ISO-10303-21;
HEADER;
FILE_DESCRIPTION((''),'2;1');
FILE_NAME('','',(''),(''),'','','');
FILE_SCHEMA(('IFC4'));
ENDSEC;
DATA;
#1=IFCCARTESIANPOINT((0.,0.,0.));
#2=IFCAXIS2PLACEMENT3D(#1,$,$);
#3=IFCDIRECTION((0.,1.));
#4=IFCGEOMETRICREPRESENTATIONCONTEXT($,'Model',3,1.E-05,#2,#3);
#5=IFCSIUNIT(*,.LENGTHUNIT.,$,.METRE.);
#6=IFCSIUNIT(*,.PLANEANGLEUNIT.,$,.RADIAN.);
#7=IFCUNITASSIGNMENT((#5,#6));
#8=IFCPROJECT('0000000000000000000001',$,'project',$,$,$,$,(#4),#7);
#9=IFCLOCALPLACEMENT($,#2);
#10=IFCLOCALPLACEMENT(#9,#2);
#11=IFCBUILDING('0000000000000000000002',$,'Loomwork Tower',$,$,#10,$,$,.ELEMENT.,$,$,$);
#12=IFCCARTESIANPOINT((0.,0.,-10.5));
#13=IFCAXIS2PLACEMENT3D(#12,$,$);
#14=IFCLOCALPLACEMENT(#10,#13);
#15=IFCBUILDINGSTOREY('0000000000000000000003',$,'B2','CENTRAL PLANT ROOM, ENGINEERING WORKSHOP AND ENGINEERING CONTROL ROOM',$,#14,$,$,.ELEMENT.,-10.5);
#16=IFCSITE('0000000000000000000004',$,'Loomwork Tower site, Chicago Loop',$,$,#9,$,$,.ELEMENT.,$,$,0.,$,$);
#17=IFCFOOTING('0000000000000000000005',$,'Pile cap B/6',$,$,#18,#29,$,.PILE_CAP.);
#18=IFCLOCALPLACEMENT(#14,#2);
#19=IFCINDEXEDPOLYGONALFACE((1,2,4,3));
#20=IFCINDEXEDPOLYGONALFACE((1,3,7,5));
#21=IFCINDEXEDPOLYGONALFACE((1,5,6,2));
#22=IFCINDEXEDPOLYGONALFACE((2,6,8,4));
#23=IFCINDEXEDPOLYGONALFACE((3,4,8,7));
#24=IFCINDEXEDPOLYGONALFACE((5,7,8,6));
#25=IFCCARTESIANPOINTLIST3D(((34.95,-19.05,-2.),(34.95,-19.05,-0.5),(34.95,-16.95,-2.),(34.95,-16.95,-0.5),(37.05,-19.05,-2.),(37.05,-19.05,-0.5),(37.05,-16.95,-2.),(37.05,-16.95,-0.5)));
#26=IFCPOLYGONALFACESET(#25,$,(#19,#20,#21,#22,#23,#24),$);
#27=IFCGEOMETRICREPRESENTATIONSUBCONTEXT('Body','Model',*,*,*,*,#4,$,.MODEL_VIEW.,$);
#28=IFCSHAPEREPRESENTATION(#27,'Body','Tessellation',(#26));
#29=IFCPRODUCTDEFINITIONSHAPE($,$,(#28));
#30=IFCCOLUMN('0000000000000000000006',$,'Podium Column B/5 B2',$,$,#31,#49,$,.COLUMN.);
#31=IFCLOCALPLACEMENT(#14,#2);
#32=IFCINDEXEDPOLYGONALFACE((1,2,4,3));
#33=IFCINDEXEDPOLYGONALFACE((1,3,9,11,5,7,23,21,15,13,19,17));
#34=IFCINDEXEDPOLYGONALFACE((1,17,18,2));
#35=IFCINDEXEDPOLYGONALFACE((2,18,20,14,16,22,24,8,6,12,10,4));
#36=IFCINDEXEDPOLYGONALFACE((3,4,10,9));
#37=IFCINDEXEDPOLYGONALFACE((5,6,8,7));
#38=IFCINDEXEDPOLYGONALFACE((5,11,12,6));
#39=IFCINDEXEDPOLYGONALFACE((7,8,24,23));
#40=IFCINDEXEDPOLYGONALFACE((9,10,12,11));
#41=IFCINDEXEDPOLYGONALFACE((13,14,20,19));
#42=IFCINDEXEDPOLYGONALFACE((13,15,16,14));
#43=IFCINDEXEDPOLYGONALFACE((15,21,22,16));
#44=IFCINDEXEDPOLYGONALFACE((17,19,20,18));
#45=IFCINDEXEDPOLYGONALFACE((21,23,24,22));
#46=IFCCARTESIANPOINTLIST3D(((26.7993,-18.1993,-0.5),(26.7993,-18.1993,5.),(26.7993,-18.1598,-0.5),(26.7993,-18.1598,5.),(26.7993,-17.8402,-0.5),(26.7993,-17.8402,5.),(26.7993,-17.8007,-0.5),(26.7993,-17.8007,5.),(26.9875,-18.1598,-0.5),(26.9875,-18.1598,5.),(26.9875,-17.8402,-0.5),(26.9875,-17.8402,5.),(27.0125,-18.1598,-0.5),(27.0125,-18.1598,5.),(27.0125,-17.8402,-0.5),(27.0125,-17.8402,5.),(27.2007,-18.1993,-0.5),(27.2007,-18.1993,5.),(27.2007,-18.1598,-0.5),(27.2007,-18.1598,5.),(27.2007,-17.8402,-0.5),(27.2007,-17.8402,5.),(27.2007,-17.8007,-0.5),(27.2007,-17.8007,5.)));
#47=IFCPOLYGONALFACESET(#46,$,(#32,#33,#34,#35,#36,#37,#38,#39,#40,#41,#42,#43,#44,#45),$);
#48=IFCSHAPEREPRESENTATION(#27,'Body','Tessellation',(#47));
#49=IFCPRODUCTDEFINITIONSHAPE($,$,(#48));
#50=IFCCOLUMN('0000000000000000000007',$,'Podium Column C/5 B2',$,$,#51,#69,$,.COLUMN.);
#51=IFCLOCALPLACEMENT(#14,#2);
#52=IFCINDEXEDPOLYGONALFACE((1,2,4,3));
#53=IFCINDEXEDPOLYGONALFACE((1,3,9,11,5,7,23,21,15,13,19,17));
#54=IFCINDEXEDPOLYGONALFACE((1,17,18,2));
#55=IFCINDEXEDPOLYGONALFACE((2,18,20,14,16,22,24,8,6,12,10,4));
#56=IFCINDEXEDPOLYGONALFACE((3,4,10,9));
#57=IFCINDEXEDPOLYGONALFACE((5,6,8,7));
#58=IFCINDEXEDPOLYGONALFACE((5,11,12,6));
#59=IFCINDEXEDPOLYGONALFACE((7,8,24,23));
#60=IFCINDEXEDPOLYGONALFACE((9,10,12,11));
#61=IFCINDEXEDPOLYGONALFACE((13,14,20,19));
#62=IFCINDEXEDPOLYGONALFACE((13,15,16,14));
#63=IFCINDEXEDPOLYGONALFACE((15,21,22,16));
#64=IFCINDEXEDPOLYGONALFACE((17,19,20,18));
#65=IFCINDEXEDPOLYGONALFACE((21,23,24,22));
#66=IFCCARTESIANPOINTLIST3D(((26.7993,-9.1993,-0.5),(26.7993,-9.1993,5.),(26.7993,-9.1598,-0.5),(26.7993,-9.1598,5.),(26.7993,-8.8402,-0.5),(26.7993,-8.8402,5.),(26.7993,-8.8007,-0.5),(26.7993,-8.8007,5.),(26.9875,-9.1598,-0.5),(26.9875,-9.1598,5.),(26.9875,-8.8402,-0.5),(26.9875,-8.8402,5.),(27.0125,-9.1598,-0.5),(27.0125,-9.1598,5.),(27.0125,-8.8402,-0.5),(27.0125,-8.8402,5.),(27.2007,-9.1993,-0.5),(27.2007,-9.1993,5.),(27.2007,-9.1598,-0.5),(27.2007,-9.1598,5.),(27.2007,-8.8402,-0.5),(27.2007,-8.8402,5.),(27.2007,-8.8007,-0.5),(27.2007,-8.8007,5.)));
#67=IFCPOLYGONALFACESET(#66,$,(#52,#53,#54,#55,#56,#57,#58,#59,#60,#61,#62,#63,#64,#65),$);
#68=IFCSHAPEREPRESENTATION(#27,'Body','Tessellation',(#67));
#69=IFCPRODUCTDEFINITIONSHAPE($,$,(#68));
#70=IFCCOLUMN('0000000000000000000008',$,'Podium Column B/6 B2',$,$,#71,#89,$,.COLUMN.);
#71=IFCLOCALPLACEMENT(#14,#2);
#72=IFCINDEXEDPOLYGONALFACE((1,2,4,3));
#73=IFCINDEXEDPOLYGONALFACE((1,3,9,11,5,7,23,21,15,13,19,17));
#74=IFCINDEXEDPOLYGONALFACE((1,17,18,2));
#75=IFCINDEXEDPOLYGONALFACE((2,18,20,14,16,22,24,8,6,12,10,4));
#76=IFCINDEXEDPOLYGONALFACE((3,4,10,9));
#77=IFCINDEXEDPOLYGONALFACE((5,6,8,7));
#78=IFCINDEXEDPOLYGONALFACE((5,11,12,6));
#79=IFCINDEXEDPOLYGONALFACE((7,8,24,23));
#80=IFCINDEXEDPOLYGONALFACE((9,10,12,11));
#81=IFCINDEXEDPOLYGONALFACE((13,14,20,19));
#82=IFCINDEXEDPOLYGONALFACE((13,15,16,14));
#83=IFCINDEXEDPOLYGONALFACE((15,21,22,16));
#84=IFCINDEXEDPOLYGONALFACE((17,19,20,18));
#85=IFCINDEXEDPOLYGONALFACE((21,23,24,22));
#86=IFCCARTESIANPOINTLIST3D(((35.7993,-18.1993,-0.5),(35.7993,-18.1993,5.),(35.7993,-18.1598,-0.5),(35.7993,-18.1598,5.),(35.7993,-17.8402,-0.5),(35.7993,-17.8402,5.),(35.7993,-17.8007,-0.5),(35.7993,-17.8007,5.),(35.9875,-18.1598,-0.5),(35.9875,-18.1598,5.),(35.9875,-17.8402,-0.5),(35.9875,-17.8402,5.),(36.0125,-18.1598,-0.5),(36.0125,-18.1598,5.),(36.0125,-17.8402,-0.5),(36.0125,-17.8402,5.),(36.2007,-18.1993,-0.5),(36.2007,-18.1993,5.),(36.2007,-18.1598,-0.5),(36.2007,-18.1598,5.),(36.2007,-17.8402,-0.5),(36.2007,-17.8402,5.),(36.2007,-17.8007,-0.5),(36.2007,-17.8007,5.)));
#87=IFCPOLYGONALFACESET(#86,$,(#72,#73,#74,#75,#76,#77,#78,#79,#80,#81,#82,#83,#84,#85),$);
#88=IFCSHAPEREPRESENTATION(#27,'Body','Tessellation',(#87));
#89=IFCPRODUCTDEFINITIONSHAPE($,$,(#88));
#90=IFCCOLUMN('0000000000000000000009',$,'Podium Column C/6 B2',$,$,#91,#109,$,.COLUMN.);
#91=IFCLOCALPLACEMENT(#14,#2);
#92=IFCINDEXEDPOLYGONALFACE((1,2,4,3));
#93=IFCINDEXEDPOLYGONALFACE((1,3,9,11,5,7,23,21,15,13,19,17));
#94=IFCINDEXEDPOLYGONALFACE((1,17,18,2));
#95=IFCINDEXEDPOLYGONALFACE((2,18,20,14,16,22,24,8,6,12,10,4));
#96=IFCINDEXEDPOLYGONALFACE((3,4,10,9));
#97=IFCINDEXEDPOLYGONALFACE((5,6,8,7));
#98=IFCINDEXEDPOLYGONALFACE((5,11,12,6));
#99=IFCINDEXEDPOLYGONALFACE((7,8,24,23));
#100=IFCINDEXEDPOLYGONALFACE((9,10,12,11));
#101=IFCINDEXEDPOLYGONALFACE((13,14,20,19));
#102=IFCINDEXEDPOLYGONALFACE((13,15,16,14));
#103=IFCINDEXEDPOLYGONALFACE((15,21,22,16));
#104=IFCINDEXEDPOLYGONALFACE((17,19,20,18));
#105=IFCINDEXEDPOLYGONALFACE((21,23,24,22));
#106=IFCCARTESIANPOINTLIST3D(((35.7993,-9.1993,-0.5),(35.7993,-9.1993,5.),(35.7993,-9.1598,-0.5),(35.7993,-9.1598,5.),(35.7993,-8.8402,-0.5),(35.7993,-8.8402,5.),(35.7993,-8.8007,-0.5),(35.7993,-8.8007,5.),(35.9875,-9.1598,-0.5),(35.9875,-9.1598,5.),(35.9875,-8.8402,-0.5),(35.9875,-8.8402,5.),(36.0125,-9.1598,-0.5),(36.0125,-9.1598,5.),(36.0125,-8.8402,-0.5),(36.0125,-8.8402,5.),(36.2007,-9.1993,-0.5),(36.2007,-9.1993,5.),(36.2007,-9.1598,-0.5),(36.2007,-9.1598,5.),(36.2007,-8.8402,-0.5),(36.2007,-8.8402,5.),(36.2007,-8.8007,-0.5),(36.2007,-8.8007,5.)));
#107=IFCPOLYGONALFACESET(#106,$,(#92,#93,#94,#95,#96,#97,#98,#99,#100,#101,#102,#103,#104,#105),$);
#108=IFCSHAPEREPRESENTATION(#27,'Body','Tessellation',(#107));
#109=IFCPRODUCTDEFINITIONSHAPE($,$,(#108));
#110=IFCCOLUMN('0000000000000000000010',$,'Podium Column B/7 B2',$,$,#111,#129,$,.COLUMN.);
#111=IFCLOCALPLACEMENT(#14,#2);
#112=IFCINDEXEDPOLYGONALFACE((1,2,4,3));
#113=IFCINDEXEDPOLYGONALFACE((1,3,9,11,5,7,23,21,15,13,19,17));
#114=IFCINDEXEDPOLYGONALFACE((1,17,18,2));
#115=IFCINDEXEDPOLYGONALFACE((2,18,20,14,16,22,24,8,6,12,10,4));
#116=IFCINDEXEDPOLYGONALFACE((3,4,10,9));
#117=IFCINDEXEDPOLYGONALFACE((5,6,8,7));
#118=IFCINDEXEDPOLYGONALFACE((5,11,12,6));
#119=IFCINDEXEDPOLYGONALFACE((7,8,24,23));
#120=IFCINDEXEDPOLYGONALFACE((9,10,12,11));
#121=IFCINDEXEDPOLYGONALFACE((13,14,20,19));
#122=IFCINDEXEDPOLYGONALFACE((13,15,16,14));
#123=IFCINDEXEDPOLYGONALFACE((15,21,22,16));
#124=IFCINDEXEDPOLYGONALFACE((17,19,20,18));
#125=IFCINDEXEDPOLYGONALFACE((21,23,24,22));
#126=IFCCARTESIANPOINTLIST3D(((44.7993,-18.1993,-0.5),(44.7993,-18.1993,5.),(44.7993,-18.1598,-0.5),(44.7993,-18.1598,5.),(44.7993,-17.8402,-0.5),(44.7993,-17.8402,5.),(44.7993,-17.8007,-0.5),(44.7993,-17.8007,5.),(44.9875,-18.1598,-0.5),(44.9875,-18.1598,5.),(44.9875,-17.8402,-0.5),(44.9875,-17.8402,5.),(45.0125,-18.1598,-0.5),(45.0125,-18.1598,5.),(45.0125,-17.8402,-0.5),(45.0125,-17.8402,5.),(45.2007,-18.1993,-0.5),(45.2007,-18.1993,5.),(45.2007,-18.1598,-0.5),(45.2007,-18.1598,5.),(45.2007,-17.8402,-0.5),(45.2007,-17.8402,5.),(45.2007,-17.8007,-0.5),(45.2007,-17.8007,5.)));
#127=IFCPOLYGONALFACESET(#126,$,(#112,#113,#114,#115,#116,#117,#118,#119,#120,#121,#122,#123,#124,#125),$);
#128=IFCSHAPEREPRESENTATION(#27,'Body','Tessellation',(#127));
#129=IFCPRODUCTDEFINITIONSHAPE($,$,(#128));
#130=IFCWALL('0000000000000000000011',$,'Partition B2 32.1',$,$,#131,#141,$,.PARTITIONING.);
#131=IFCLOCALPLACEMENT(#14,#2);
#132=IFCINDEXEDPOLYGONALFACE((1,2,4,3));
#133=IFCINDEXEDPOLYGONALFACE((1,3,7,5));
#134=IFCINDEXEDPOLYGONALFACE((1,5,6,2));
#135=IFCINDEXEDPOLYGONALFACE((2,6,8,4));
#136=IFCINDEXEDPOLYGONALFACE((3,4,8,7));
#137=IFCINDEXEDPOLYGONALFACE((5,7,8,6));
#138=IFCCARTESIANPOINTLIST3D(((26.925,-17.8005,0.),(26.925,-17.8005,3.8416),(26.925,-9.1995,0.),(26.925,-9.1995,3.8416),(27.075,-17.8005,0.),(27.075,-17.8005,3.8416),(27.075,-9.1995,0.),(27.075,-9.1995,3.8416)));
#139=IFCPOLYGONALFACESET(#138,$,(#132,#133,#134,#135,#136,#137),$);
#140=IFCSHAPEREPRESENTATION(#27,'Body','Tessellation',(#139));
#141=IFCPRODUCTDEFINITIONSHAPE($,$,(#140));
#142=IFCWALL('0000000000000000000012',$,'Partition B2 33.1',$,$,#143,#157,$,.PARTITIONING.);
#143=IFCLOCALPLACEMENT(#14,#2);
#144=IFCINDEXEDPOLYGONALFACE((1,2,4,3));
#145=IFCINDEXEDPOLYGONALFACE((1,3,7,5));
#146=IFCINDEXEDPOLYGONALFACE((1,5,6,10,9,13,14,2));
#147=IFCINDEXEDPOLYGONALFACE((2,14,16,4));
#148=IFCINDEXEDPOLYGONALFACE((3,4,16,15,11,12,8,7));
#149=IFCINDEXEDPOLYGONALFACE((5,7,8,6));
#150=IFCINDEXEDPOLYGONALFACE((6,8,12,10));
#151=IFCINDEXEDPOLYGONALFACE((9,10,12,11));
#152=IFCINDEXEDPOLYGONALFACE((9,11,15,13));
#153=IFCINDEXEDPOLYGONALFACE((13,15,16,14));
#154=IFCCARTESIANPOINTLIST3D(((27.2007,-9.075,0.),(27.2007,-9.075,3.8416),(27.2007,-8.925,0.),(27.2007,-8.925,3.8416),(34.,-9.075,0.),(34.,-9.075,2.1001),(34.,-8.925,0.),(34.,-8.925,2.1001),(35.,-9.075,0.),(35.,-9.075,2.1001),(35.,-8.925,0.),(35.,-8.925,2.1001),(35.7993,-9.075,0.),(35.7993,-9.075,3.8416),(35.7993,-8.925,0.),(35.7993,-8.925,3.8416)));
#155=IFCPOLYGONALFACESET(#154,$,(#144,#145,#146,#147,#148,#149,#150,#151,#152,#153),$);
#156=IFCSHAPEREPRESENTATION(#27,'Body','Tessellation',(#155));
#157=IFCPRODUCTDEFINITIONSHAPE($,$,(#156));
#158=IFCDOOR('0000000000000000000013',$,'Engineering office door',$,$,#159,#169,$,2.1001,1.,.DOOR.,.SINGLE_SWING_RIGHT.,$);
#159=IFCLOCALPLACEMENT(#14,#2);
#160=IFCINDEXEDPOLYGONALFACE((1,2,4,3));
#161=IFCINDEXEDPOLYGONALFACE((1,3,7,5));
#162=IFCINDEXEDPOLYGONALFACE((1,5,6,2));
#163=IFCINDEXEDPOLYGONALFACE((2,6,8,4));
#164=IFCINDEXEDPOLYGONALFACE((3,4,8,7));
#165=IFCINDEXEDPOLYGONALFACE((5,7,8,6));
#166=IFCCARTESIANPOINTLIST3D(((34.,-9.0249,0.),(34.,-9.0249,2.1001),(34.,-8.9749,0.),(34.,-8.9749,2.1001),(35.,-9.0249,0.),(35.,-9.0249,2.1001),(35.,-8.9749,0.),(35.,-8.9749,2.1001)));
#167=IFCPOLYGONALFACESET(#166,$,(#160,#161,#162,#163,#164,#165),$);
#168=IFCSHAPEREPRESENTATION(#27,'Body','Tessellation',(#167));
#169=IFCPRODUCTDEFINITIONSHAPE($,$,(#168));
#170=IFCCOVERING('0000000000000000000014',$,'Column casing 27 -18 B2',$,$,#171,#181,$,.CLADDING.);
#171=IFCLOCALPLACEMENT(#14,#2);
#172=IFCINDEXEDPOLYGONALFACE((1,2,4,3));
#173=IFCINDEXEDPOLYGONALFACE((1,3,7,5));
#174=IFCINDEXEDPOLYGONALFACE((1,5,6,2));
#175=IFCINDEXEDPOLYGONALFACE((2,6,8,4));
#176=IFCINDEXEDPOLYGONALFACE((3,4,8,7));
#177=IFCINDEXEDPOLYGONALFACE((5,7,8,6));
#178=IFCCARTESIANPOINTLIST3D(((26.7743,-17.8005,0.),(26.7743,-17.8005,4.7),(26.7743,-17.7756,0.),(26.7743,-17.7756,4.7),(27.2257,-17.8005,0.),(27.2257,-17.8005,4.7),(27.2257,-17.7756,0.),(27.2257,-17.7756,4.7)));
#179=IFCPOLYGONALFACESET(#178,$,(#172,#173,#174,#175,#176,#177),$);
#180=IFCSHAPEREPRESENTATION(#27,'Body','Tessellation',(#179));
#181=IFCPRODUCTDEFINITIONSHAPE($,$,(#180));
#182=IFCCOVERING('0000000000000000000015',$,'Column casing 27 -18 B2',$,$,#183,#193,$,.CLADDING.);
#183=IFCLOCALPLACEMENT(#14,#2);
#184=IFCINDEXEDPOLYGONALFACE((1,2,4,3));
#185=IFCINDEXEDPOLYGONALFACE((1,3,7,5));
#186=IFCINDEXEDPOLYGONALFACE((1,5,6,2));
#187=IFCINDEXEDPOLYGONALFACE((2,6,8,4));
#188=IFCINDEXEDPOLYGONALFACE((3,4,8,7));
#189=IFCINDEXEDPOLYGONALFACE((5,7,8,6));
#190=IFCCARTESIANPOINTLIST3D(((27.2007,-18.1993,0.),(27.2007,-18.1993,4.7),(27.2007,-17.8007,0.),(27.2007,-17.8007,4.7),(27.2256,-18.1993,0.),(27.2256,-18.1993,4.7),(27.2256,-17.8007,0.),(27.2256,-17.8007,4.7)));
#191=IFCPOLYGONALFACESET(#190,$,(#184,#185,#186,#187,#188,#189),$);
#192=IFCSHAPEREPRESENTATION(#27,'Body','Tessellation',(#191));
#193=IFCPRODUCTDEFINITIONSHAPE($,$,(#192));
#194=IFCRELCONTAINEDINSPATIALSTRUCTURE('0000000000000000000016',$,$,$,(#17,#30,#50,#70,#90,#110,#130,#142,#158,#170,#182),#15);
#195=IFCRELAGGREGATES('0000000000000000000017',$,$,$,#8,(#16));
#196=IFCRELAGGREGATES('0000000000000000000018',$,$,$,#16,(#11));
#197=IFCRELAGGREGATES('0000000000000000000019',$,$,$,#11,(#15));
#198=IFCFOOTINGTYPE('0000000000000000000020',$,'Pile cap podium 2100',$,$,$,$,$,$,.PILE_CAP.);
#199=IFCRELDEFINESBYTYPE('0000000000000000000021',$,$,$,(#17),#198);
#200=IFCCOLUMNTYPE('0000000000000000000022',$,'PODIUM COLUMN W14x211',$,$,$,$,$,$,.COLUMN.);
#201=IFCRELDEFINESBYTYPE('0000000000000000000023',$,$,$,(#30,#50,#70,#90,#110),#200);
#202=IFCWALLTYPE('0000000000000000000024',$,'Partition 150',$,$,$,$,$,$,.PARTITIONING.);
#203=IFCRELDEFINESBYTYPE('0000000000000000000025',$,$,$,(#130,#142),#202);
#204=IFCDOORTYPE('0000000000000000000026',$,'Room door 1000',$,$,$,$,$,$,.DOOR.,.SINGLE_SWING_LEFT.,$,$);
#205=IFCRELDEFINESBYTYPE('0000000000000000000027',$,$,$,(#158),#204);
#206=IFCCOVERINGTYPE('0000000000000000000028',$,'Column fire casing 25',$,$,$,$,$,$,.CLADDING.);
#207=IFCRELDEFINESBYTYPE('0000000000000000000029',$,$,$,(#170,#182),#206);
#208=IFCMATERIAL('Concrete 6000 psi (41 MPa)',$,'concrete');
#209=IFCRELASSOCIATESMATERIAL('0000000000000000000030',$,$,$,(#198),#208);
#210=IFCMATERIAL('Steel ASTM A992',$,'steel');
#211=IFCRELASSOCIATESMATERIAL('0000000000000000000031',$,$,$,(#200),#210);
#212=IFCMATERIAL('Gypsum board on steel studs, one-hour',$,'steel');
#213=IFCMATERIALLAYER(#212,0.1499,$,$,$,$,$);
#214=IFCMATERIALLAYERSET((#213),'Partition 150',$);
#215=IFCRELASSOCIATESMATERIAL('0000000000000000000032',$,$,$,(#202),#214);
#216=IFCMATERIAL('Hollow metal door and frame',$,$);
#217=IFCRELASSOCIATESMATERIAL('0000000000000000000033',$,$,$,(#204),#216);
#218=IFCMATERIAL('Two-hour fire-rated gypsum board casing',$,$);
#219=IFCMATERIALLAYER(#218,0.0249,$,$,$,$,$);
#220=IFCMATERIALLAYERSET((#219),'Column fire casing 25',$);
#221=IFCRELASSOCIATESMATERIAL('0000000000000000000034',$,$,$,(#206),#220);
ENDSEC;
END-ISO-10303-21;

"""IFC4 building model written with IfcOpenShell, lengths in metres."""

from ifc_helpers import new_model, si_unit, direction, frame, frame_2d, origin, origin_2d, place, context, subcontext, project, spatial, rectangle, i_section, extrude, material, layer, layer_set, material_profile, profile_set, type_object, element, fill, save


model = new_model("IFC4")

# Units and contexts
model_context = context("Model", 3, precision=1e-05, world=origin(), true_north=direction((0.0, 1.0)))
body_context = subcontext(model_context, "Body", "Model", "MODEL_VIEW")
ifc_project = project(units=[si_unit("LENGTHUNIT", "METRE"), si_unit("PLANEANGLEUNIT", "RADIAN")], contexts=[model_context])

# Site, building, storey
site_placement = place(None, origin())
site = spatial("IfcSite", under=ifc_project, at=site_placement, Name="Loomwork Tower site, Chicago Loop", CompositionType="ELEMENT", RefElevation=0.0)
building_placement = place(site_placement, origin())
building = spatial("IfcBuilding", under=site, at=building_placement, Name="Loomwork Tower", CompositionType="ELEMENT")
storey_placement = place(building_placement, frame((0.0, 0.0, -10.5)))
storey = spatial("IfcBuildingStorey", under=building, at=storey_placement, Name="B2", Description="CENTRAL PLANT ROOM, ENGINEERING WORKSHOP AND ENGINEERING CONTROL ROOM", CompositionType="ELEMENT", Elevation=-10.5)

# Footing
ifc_material_1 = material(Name="Concrete 6000 psi (41 MPa)", Category="concrete")
footing_type = type_object("IfcFootingType", Name="Pile cap podium 2100", PredefinedType="PILE_CAP", material=ifc_material_1)
for number, where, z_axis, x_axis, name in (
    (1, (36.0, -18.0, -2.0), (0.0, 0.0, 1.0), (1.0, 0.0, 0.0), "Pile cap B/6"),
):
    element("IfcFooting", number, at=place(storey_placement, frame(where, z_axis=z_axis, x_axis=x_axis)), inside=storey, type_object=footing_type, Name=name, PredefinedType="PILE_CAP", context=body_context, shape_type="SweptSolid", body=[
        extrude(rectangle(XDim=2.1001, YDim=2.1001, at=origin_2d()), origin(), (0.0, 0.0, 1.0), 1.5),
    ])

# Columns
ifc_material_2 = material(Name="Steel ASTM A992", Category="steel")
ifc_material_profile_1 = material_profile(ifc_material_2, i_section(OverallWidth=0.4014, OverallDepth=0.3987, WebThickness=0.0249, FlangeThickness=0.0396, at=origin_2d()), Name="W14x211")
ifc_profile_set_1 = profile_set([ifc_material_profile_1], Name="Steel ASTM A992")
column_type = type_object("IfcColumnType", Name="PODIUM COLUMN W14x211", PredefinedType="COLUMN", material=ifc_profile_set_1)
for number, where, z_axis, x_axis, name in (
    (2, (27.0, -18.0, -0.5), (0.0, 0.0, 1.0), (1.0, 0.0, 0.0), "Podium Column B/5 B2"),
    (3, (27.0, -9.0, -0.5), (0.0, 0.0, 1.0), (1.0, 0.0, 0.0), "Podium Column C/5 B2"),
    (4, (36.0, -18.0, -0.5), (0.0, 0.0, 1.0), (1.0, 0.0, 0.0), "Podium Column B/6 B2"),
    (5, (36.0, -9.0, -0.5), (0.0, 0.0, 1.0), (1.0, 0.0, 0.0), "Podium Column C/6 B2"),
    (6, (45.0, -18.0, -0.5), (0.0, 0.0, 1.0), (1.0, 0.0, 0.0), "Podium Column B/7 B2"),
):
    element("IfcColumn", number, at=place(storey_placement, frame(where, z_axis=z_axis, x_axis=x_axis)), inside=storey, type_object=column_type, Name=name, PredefinedType="COLUMN", context=body_context, shape_type="SweptSolid", body=[
        extrude(i_section(OverallWidth=0.4014, OverallDepth=0.3987, WebThickness=0.0249, FlangeThickness=0.0396, at=origin_2d()), origin(), (0.0, 0.0, 1.0), 5.5),
    ])

# Wall
ifc_material_3 = material(Name="Gypsum board on steel studs, one-hour", Category="steel")
ifc_layer_1 = layer(ifc_material_3, 0.1499)
ifc_layer_set_1 = layer_set([ifc_layer_1], Name="Partition 150")
wall_type = type_object("IfcWallType", Name="Partition 150", PredefinedType="PARTITIONING", material=ifc_layer_set_1)
wall_1_placement = place(storey_placement, frame((27.0, -9.1995, 0.0), z_axis=(0.0, 0.0, 1.0), x_axis=(0.0, -1.0, 0.0)))
element("IfcWall", 7, at=wall_1_placement, inside=storey, type_object=wall_type, Name="Partition B2 32.1", PredefinedType="PARTITIONING", context=body_context, shape_type="SweptSolid", body=[
    extrude(rectangle(XDim=8.6011, YDim=0.1499, at=frame_2d((4.3005, 0.0))), origin(), (0.0, 0.0, 1.0), 3.8416),
])

# Wall, opening, door
wall_2_placement = place(storey_placement, frame((27.2007, -9.0, 0.0), z_axis=(0.0, 0.0, 1.0), x_axis=(1.0, 0.0, 0.0)))
wall_2 = element("IfcWall", 8, at=wall_2_placement, inside=storey, type_object=wall_type, Name="Partition B2 33.1", PredefinedType="PARTITIONING", context=body_context, shape_type="SweptSolid", body=[
    extrude(rectangle(XDim=8.5986, YDim=0.1499, at=frame_2d((4.2993, 0.0))), origin(), (0.0, 0.0, 1.0), 3.8416),
])
opening_placement = place(wall_2_placement, frame((6.7993, 0.0, 0.0)))
opening = element("IfcOpeningElement", 9, at=opening_placement, cuts=wall_2, PredefinedType="OPENING", context=body_context, shape_type="SweptSolid", body=[
    extrude(rectangle(XDim=1.0, YDim=2.1001, at=frame_2d((0.5, 1.05))), frame((0.0, 0.085, 0.0), z_axis=(0.0, -1.0, 0.0), x_axis=(1.0, 0.0, 0.0)), (0.0, 0.0, 1.0), 0.1699),
])
ifc_material_4 = material(Name="Hollow metal door and frame")
door_type = type_object("IfcDoorType", Name="Room door 1000", OperationType="SINGLE_SWING_LEFT", PredefinedType="DOOR", material=ifc_material_4)
door_placement = place(opening_placement, frame((1.0, 0.0, 0.0), z_axis=(0.0, 0.0, 1.0), x_axis=(-1.0, 0.0, 0.0)))
door = element("IfcDoor", 10, at=door_placement, inside=storey, type_object=door_type, Name="Engineering office door", OperationType="SINGLE_SWING_RIGHT", OverallHeight=2.1001, OverallWidth=1.0, PredefinedType="DOOR", context=body_context, shape_type="SweptSolid", body=[
    extrude(rectangle(XDim=1.0, YDim=2.1001, at=frame_2d((0.5, 1.05))), frame((0.0, 0.0249, 0.0), z_axis=(0.0, -1.0, 0.0), x_axis=(1.0, 0.0, 0.0)), (0.0, 0.0, 1.0), 0.05),
])
fill(opening, door)

# Coverings
ifc_material_5 = material(Name="Two-hour fire-rated gypsum board casing")
ifc_layer_2 = layer(ifc_material_5, 0.0249)
ifc_layer_set_2 = layer_set([ifc_layer_2], Name="Column fire casing 25")
covering_type = type_object("IfcCoveringType", Name="Column fire casing 25", PredefinedType="CLADDING", material=ifc_layer_set_2)
covering_1_placement = place(storey_placement, frame((27.0, -17.7881, 0.0), z_axis=(0.0, 0.0, 1.0), x_axis=(1.0, 0.0, 0.0)))
element("IfcCovering", 11, at=covering_1_placement, inside=storey, type_object=covering_type, Name="Column casing 27 -18 B2", PredefinedType="CLADDING", context=body_context, shape_type="SweptSolid", body=[
    extrude(rectangle(XDim=0.4514, YDim=0.0249, at=origin_2d()), origin(), (0.0, 0.0, 1.0), 4.7),
])
covering_2_placement = place(storey_placement, frame((27.2131, -18.0, 0.0), z_axis=(0.0, 0.0, 1.0), x_axis=(1.0, 0.0, 0.0)))
element("IfcCovering", 12, at=covering_2_placement, inside=storey, type_object=covering_type, Name="Column casing 27 -18 B2", PredefinedType="CLADDING", context=body_context, shape_type="SweptSolid", body=[
    extrude(rectangle(XDim=0.0249, YDim=0.3987, at=origin_2d()), origin(), (0.0, 0.0, 1.0), 4.7),
])

save(model, "model.ifc")
